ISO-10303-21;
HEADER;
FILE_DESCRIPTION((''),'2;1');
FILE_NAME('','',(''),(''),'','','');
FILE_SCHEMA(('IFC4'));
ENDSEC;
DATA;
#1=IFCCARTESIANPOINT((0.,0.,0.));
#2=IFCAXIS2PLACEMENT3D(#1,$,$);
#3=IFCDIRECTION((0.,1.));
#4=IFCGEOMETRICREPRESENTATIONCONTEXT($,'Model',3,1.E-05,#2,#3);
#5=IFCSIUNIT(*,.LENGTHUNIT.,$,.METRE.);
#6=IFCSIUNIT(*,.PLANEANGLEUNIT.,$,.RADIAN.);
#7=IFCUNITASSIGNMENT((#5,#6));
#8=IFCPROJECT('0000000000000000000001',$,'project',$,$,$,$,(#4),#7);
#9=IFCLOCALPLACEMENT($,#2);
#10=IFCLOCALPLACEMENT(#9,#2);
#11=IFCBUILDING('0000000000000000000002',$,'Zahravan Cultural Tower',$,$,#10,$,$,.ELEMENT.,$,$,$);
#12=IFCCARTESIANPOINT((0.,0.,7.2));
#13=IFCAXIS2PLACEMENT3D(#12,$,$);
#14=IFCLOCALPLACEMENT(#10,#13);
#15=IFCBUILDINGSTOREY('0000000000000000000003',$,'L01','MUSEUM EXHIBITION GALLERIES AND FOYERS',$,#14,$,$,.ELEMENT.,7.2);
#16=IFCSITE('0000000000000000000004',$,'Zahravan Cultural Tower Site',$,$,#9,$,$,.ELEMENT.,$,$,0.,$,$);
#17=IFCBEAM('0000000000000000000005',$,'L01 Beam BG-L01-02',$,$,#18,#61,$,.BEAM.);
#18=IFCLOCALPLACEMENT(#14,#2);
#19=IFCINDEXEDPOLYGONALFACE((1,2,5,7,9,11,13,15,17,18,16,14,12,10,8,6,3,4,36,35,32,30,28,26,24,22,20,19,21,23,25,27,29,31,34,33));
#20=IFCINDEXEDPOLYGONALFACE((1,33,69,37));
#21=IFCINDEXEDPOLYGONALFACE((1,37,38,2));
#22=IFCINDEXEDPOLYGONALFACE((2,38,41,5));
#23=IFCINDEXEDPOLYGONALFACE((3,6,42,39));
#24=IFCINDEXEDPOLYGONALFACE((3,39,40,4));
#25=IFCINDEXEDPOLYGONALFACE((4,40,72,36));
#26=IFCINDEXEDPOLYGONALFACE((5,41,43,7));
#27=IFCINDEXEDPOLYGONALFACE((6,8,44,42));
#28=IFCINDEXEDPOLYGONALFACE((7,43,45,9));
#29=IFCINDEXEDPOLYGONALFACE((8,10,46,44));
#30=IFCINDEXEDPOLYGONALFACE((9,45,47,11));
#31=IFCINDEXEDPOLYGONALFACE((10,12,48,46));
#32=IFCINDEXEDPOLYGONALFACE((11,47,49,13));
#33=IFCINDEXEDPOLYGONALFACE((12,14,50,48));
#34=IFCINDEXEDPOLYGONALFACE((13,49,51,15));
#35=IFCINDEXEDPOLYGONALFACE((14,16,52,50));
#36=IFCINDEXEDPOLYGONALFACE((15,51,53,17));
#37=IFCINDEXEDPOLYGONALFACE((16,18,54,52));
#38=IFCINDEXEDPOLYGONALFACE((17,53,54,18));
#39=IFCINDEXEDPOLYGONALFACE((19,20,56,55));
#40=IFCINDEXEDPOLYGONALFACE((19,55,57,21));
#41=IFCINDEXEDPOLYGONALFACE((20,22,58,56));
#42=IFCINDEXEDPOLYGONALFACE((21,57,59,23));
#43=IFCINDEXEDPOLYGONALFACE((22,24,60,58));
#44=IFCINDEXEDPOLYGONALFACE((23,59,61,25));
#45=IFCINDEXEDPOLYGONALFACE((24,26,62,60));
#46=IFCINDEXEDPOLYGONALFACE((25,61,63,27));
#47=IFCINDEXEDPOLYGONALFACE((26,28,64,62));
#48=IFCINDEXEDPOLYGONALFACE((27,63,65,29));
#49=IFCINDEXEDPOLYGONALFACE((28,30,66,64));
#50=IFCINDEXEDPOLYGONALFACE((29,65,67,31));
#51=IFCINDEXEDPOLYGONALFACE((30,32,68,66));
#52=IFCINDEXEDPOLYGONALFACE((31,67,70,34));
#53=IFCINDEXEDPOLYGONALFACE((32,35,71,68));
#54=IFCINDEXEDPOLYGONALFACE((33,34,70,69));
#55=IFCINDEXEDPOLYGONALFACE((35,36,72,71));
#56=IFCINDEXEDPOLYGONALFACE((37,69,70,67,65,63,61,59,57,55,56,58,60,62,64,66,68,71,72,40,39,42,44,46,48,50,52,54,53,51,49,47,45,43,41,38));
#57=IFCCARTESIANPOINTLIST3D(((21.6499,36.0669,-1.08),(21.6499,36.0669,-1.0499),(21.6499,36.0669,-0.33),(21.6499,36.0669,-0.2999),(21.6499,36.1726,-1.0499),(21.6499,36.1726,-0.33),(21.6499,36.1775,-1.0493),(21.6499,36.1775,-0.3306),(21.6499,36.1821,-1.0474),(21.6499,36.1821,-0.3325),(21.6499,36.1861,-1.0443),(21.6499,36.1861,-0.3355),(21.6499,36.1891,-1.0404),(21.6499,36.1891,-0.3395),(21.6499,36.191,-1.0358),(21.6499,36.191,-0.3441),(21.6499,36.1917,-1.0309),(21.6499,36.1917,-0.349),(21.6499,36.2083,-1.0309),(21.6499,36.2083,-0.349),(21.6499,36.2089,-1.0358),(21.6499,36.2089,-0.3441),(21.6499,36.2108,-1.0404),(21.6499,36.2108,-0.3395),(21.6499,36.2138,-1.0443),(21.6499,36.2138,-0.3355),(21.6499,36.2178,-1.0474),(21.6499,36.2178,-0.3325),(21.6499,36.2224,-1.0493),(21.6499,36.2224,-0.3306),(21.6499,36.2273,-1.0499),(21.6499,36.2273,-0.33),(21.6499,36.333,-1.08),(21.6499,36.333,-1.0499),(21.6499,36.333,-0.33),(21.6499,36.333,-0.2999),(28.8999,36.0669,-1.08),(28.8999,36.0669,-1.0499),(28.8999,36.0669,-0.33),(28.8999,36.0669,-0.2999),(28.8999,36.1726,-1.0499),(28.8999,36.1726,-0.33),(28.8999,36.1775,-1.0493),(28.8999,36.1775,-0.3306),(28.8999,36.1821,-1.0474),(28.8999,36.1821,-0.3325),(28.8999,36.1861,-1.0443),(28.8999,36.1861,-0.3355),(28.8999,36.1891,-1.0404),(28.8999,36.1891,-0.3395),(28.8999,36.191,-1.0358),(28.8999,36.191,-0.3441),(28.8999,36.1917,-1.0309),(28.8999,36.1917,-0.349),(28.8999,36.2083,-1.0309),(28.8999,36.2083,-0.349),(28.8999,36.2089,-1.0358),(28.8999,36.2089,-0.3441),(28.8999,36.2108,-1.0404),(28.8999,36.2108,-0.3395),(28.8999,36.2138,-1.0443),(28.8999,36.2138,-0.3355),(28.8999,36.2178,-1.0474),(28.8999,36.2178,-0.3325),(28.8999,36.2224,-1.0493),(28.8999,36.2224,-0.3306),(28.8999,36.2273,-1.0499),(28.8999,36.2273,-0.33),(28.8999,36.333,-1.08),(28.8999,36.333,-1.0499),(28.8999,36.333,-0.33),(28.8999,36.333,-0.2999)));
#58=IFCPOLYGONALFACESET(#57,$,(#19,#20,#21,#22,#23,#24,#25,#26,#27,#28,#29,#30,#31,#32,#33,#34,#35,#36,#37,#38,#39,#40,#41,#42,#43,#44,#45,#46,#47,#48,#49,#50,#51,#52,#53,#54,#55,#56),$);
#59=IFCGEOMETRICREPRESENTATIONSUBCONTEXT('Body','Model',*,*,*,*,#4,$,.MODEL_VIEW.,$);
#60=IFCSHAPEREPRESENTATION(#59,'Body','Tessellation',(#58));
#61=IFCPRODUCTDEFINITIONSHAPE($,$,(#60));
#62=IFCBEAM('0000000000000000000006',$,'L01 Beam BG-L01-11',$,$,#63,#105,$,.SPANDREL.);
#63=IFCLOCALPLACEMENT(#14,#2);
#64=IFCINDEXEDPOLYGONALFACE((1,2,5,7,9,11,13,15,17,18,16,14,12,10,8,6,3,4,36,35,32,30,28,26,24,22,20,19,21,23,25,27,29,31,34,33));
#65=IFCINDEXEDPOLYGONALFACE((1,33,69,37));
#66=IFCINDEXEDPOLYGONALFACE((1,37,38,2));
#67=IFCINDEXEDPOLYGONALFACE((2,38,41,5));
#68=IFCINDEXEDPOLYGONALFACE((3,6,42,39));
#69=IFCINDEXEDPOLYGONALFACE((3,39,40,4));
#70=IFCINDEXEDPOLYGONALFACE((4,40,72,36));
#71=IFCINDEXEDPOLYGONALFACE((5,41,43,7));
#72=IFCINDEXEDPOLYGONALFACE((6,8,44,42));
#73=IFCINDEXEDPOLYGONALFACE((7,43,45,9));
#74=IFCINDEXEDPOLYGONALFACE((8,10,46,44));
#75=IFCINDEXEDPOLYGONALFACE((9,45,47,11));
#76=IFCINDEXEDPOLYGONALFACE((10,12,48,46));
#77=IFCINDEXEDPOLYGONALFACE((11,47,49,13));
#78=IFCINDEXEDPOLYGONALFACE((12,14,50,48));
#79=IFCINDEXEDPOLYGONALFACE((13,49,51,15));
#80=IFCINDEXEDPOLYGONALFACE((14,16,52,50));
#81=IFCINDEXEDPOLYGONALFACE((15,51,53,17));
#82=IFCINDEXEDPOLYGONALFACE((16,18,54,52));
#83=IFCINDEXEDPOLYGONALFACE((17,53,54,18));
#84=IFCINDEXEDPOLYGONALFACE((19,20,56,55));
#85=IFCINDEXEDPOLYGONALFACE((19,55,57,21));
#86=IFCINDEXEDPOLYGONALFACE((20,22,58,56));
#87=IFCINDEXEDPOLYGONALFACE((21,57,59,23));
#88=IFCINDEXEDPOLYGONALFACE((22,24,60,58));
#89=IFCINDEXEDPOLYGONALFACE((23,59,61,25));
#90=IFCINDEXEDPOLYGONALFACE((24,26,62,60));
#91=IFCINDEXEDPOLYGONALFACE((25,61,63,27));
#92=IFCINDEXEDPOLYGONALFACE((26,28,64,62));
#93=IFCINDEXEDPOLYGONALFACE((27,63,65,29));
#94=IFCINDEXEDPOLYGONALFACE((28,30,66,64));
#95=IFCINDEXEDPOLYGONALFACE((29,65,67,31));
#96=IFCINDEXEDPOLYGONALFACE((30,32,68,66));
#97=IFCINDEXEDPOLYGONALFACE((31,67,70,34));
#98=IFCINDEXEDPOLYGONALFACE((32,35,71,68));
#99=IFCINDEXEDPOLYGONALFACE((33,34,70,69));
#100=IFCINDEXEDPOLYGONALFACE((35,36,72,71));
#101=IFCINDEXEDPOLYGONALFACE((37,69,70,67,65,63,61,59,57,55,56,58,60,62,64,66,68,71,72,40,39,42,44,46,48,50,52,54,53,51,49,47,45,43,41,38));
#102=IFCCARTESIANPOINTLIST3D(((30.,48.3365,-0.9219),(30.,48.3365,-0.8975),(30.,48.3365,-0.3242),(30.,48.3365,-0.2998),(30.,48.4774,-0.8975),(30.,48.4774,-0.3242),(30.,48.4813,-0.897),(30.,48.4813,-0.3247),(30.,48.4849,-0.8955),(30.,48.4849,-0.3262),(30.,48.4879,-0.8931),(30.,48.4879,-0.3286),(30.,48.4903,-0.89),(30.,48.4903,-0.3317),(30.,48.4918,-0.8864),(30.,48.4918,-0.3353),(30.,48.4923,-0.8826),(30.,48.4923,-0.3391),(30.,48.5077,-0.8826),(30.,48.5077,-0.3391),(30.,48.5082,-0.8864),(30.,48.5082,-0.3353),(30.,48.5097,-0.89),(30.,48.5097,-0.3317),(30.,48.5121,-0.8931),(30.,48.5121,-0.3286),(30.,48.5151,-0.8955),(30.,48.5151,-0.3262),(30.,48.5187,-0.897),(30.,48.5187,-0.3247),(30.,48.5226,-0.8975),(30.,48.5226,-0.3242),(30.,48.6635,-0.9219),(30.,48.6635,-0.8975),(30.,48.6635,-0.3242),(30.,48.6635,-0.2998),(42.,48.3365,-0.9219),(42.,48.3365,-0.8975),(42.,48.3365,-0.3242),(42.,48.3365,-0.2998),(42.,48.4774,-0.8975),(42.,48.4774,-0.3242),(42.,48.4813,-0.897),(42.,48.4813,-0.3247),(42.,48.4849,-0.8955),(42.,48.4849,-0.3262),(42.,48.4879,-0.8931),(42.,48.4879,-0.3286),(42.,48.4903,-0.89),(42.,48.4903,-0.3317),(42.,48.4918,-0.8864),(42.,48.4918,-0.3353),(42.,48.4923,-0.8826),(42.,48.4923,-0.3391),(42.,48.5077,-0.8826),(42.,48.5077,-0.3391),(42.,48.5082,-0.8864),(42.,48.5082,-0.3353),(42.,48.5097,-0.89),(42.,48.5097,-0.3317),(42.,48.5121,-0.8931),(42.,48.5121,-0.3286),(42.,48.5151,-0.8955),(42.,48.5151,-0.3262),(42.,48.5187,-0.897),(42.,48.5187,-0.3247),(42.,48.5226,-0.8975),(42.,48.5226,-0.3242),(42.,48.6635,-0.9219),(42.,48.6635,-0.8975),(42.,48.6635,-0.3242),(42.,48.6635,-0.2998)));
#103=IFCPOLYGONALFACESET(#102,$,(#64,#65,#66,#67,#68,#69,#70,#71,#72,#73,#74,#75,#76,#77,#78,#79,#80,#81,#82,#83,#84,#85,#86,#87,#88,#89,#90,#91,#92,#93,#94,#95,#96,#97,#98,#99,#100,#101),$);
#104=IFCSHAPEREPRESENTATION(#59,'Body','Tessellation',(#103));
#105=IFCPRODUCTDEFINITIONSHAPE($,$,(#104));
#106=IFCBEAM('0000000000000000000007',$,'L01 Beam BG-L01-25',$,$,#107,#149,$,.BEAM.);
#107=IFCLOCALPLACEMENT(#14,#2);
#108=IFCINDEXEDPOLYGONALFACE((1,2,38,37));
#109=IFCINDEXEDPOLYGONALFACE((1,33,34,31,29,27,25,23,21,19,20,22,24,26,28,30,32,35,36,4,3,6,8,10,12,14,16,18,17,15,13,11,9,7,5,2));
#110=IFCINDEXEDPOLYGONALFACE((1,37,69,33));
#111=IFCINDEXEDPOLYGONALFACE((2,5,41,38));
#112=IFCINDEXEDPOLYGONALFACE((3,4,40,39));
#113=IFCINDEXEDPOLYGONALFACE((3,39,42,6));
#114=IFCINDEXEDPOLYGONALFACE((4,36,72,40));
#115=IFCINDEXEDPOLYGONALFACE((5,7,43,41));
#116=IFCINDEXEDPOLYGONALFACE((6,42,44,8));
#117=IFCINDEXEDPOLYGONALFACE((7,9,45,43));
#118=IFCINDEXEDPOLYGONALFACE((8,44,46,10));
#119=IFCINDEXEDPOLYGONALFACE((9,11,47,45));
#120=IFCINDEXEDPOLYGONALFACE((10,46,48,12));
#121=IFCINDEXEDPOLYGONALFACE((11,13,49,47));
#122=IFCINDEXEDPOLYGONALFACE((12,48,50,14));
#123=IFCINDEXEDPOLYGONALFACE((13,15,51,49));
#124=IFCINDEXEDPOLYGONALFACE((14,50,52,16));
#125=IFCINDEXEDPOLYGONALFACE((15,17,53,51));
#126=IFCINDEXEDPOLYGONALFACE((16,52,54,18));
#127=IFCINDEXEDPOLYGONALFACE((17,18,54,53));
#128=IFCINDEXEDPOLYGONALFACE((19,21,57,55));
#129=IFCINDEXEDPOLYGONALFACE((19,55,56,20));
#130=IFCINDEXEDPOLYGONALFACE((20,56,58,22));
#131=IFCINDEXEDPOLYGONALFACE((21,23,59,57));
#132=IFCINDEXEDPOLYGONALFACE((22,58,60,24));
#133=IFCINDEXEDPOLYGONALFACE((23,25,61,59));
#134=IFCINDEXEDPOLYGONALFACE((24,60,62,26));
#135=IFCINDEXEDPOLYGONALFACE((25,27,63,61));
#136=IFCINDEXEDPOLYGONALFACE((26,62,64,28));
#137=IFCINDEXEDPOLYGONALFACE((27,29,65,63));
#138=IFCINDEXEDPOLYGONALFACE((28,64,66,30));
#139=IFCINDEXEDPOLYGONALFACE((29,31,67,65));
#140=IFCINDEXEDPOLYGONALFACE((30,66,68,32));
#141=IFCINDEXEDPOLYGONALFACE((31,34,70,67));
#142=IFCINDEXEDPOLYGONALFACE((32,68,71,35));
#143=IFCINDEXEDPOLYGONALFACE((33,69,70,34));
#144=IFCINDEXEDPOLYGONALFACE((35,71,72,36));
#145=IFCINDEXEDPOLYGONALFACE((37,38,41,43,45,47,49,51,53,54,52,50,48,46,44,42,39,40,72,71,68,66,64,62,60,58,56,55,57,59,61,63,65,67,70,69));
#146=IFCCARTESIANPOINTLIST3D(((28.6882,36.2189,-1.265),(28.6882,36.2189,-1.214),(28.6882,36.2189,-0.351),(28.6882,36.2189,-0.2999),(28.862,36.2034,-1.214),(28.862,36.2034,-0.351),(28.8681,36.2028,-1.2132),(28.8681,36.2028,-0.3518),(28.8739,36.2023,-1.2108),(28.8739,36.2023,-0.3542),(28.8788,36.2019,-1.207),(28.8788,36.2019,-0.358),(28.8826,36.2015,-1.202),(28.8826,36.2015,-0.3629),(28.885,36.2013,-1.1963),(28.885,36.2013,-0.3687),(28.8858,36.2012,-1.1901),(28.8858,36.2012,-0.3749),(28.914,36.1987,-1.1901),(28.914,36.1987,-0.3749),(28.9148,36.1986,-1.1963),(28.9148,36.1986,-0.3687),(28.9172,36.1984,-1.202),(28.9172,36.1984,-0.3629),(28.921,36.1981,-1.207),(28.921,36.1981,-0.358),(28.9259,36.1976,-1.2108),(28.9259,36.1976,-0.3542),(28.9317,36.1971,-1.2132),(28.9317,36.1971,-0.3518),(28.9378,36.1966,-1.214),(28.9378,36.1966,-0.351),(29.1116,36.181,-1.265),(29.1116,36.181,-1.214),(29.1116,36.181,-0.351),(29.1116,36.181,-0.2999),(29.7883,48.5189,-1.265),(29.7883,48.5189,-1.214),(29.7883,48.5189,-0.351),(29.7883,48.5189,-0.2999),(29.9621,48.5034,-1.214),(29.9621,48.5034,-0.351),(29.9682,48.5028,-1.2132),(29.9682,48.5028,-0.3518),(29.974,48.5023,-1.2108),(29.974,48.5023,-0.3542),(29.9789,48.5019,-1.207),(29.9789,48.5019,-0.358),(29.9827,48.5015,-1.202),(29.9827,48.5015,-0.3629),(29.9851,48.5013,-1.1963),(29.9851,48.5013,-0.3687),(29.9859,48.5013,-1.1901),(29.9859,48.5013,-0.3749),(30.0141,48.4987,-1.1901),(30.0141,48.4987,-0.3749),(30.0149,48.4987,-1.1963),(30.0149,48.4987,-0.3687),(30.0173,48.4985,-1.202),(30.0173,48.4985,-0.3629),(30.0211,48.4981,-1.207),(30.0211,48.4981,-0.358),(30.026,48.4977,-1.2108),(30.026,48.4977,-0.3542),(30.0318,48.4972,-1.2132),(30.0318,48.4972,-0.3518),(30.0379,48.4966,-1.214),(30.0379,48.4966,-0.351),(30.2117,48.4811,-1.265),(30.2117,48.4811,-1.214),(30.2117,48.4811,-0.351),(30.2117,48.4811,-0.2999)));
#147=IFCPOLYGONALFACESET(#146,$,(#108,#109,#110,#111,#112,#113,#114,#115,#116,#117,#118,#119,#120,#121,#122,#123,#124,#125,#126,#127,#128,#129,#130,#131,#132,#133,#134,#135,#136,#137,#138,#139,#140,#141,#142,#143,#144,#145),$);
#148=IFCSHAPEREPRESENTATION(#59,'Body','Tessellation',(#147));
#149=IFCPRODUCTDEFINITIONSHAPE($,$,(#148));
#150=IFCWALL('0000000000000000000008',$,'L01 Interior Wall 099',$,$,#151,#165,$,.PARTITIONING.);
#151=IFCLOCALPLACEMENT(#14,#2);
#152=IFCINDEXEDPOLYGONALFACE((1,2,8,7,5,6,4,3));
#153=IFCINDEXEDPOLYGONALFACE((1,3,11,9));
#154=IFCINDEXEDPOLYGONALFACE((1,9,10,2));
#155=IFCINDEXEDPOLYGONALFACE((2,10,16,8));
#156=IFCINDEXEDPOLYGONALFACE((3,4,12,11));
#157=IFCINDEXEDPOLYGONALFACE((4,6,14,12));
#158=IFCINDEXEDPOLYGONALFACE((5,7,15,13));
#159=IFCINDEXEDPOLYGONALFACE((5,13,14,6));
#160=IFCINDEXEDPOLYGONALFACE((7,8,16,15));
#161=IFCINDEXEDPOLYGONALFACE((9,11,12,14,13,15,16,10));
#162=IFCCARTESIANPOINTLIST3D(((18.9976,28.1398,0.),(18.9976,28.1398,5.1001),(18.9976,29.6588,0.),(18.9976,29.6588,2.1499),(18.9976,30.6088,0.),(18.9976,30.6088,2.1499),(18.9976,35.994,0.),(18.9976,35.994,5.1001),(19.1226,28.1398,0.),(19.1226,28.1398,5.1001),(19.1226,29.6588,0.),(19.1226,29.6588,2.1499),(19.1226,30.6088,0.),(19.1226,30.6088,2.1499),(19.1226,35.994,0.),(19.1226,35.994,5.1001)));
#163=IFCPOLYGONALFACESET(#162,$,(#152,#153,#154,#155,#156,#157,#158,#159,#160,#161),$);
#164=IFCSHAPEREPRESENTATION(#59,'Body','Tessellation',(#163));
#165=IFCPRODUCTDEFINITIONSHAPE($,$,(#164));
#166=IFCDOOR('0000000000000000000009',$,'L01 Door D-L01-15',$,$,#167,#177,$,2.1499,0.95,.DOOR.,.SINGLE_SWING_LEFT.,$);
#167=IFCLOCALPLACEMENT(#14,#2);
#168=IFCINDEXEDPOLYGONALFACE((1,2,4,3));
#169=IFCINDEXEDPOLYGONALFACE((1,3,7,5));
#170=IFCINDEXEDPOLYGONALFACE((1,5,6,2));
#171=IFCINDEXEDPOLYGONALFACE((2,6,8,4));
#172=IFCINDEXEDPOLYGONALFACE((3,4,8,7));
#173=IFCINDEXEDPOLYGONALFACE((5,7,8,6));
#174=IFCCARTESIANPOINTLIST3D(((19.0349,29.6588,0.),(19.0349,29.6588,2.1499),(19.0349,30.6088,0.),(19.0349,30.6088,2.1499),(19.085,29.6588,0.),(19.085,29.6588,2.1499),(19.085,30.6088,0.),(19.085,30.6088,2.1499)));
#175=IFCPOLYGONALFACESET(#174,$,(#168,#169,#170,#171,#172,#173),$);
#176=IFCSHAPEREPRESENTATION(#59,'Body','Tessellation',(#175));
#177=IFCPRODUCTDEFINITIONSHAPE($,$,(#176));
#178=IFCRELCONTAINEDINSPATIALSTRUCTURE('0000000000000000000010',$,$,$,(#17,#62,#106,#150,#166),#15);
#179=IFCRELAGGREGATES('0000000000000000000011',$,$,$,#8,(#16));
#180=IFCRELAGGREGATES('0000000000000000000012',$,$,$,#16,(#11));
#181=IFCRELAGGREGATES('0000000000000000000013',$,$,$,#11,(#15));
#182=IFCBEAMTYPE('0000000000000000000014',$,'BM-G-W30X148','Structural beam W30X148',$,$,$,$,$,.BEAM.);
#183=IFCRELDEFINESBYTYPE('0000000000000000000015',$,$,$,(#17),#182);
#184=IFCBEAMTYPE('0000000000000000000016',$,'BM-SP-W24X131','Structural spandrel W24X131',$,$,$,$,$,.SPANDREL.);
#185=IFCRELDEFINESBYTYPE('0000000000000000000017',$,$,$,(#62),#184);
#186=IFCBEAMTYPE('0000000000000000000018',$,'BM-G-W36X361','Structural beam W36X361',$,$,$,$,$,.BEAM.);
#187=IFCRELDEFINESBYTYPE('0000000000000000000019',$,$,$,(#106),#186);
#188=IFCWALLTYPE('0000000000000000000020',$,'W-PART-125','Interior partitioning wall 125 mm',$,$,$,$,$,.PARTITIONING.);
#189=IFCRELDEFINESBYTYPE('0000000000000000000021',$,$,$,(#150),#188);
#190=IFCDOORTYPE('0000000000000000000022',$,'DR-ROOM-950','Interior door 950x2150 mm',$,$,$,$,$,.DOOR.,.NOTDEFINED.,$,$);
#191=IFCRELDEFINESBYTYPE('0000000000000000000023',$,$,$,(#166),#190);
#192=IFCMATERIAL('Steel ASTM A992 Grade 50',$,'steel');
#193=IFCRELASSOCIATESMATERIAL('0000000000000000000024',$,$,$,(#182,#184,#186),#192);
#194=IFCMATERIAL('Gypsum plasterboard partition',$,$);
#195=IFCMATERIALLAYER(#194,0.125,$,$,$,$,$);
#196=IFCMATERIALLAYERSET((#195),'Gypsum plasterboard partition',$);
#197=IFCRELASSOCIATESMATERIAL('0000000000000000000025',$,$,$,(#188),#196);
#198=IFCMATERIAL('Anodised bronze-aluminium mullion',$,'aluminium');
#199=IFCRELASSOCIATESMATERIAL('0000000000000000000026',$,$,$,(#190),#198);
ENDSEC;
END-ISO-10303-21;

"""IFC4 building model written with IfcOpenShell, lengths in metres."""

from ifc_helpers import new_model, si_unit, direction, frame, frame_2d, origin, origin_2d, place, context, subcontext, project, spatial, rectangle, i_section, extrude, source, transform, mapped, material, layer, layer_set, material_profile, profile_set, type_object, element, fill, save


model = new_model("IFC4")

# Units and contexts
model_context = context("Model", 3, precision=1e-05, world=origin(), true_north=direction((0.0, 1.0)))
body_context = subcontext(model_context, "Body", "Model", "MODEL_VIEW")
ifc_project = project(units=[si_unit("LENGTHUNIT", "METRE"), si_unit("PLANEANGLEUNIT", "RADIAN")], contexts=[model_context])

# Site, building, storey
site_placement = place(None, origin())
site = spatial("IfcSite", under=ifc_project, at=site_placement, Name="Zahravan Cultural Tower Site", CompositionType="ELEMENT", RefElevation=0.0)
building_placement = place(site_placement, origin())
building = spatial("IfcBuilding", under=site, at=building_placement, Name="Zahravan Cultural Tower", CompositionType="ELEMENT")
storey_placement = place(building_placement, frame((0.0, 0.0, 7.2)))
storey = spatial("IfcBuildingStorey", under=building, at=storey_placement, Name="L01", Description="MUSEUM EXHIBITION GALLERIES AND FOYERS", CompositionType="ELEMENT", Elevation=7.2)

# Beams
ifc_material_1 = material(Name="Steel ASTM A992 Grade 50", Category="steel")
ifc_material_profile_1 = material_profile(ifc_material_1, i_section(OverallWidth=0.2661, OverallDepth=0.78, WebThickness=0.0166, FlangeThickness=0.03, FilletRadius=0.019, at=origin_2d()), Name="W30X148")
ifc_profile_set_1 = profile_set([ifc_material_profile_1], Name="Steel ASTM A992 Grade 50")
beam_type_1 = type_object("IfcBeamType", Name="BM-G-W30X148", Description="Structural beam W30X148", PredefinedType="BEAM", material=ifc_profile_set_1)
shared_shape_1 = source(origin(), body_context, "Body", "SweptSolid", [
    extrude(i_section(OverallWidth=0.2661, OverallDepth=0.78, WebThickness=0.0166, FlangeThickness=0.03, FilletRadius=0.019, at=origin_2d()), origin(), (0.0, 0.0, 1.0), 7.25),
])
beam_1_placement = place(storey_placement, frame((21.6499, 36.2, -0.6899), z_axis=(1.0, 0.0, 0.0), x_axis=(0.0, 1.0, 0.0)))
element("IfcBeam", 1, at=beam_1_placement, inside=storey, type_object=beam_type_1, Name="L01 Beam BG-L01-02", PredefinedType="BEAM", context=body_context, shape_type="MappedRepresentation", body=[
    mapped(shared_shape_1, transform((0.0, 0.0, 0.0), x_axis=(1.0, 0.0, 0.0), y_axis=(0.0, 1.0, 0.0), z_axis=(0.0, 0.0, 1.0), scale=1.0)),
])
ifc_material_profile_2 = material_profile(ifc_material_1, i_section(OverallWidth=0.3269, OverallDepth=0.6221, WebThickness=0.0154, FlangeThickness=0.0244, FilletRadius=0.0149, at=origin_2d()), Name="W24X131")
ifc_profile_set_2 = profile_set([ifc_material_profile_2], Name="Steel ASTM A992 Grade 50")
beam_type_2 = type_object("IfcBeamType", Name="BM-SP-W24X131", Description="Structural spandrel W24X131", PredefinedType="SPANDREL", material=ifc_profile_set_2)
shared_shape_2 = source(origin(), body_context, "Body", "SweptSolid", [
    extrude(i_section(OverallWidth=0.3269, OverallDepth=0.6221, WebThickness=0.0154, FlangeThickness=0.0244, FilletRadius=0.0149, at=origin_2d()), origin(), (0.0, 0.0, 1.0), 12.0),
])
beam_2_placement = place(storey_placement, frame((30.0, 48.5, -0.6108), z_axis=(1.0, 0.0, 0.0), x_axis=(0.0, 1.0, 0.0)))
element("IfcBeam", 2, at=beam_2_placement, inside=storey, type_object=beam_type_2, Name="L01 Beam BG-L01-11", PredefinedType="SPANDREL", context=body_context, shape_type="MappedRepresentation", body=[
    mapped(shared_shape_2, transform((0.0, 0.0, 0.0), x_axis=(1.0, 0.0, 0.0), y_axis=(0.0, 1.0, 0.0), z_axis=(0.0, 0.0, 1.0), scale=1.0)),
])
ifc_material_profile_3 = material_profile(ifc_material_1, i_section(OverallWidth=0.425, OverallDepth=0.9651, WebThickness=0.0283, FlangeThickness=0.051, FilletRadius=0.0239, at=origin_2d()), Name="W36X361")
ifc_profile_set_3 = profile_set([ifc_material_profile_3], Name="Steel ASTM A992 Grade 50")
beam_type_3 = type_object("IfcBeamType", Name="BM-G-W36X361", Description="Structural beam W36X361", PredefinedType="BEAM", material=ifc_profile_set_3)
shared_shape_3 = source(origin(), body_context, "Body", "SweptSolid", [
    extrude(i_section(OverallWidth=0.425, OverallDepth=0.9651, WebThickness=0.0283, FlangeThickness=0.051, FilletRadius=0.0239, at=origin_2d()), origin(), (0.0, 0.0, 1.0), 12.3491),
])
beam_3_placement = place(storey_placement, frame((30.0, 48.5, -0.7825), z_axis=(-0.089083, -0.996024, 0.0), x_axis=(0.996024, -0.089083, 0.0)))
element("IfcBeam", 3, at=beam_3_placement, inside=storey, type_object=beam_type_3, Name="L01 Beam BG-L01-25", PredefinedType="BEAM", context=body_context, shape_type="MappedRepresentation", body=[
    mapped(shared_shape_3, transform((0.0, 0.0, 0.0), x_axis=(1.0, 0.0, 0.0), y_axis=(0.0, 1.0, 0.0), z_axis=(0.0, 0.0, 1.0), scale=1.0)),
])

# Wall, opening, door
ifc_material_2 = material(Name="Gypsum plasterboard partition")
ifc_layer_1 = layer(ifc_material_2, 0.125)
ifc_layer_set_1 = layer_set([ifc_layer_1], Name="Gypsum plasterboard partition")
wall_type_1 = type_object("IfcWallType", Name="W-PART-125", Description="Interior partitioning wall 125 mm", PredefinedType="PARTITIONING", material=ifc_layer_set_1)
wall_1_placement = place(storey_placement, frame((19.0601, 35.9941, 0.0), z_axis=(0.0, 0.0, 1.0), x_axis=(0.0, -1.0, 0.0)))
wall_1 = element("IfcWall", 4, at=wall_1_placement, inside=storey, type_object=wall_type_1, Name="L01 Interior Wall 099", PredefinedType="PARTITIONING", context=body_context, shape_type="SweptSolid", body=[
    extrude(rectangle(XDim=7.8542, YDim=0.125, at=frame_2d((3.9272, 0.0))), origin(), (0.0, 0.0, 1.0), 5.1001),
])
opening_placement = place(wall_1_placement, frame((5.3853, 0.0, 0.0)))
opening = element("IfcOpeningElement", 5, at=opening_placement, cuts=wall_1, PredefinedType="OPENING", context=body_context, shape_type="SweptSolid", body=[
    extrude(rectangle(XDim=0.95, YDim=2.1499, at=frame_2d((0.4751, 1.075))), frame((0.0, 0.0725, 0.0), z_axis=(0.0, -1.0, 0.0), x_axis=(1.0, 0.0, 0.0)), (0.0, 0.0, 1.0), 0.145),
])
ifc_material_3 = material(Name="Anodised bronze-aluminium mullion", Category="aluminium")
door_type = type_object("IfcDoorType", Name="DR-ROOM-950", Description="Interior door 950x2150 mm", OperationType="NOTDEFINED", PredefinedType="DOOR", material=ifc_material_3)
shared_shape_4 = source(origin(), body_context, "Body", "SweptSolid", [
    extrude(rectangle(XDim=0.95, YDim=2.1499, at=frame_2d((0.4751, 1.075))), frame((0.0, 0.0249, 0.0), z_axis=(0.0, -1.0, 0.0), x_axis=(1.0, 0.0, 0.0)), (0.0, 0.0, 1.0), 0.05),
])
door_placement = place(opening_placement, origin())
door = element("IfcDoor", 6, at=door_placement, inside=storey, type_object=door_type, Name="L01 Door D-L01-15", OperationType="SINGLE_SWING_LEFT", OverallHeight=2.1499, OverallWidth=0.95, PredefinedType="DOOR", context=body_context, shape_type="MappedRepresentation", body=[
    mapped(shared_shape_4, transform((0.0, 0.0, 0.0), x_axis=(1.0, 0.0, 0.0), y_axis=(0.0, 1.0, 0.0), z_axis=(0.0, 0.0, 1.0), scale=1.0)),
])
fill(opening, door)

save(model, "model.ifc")
